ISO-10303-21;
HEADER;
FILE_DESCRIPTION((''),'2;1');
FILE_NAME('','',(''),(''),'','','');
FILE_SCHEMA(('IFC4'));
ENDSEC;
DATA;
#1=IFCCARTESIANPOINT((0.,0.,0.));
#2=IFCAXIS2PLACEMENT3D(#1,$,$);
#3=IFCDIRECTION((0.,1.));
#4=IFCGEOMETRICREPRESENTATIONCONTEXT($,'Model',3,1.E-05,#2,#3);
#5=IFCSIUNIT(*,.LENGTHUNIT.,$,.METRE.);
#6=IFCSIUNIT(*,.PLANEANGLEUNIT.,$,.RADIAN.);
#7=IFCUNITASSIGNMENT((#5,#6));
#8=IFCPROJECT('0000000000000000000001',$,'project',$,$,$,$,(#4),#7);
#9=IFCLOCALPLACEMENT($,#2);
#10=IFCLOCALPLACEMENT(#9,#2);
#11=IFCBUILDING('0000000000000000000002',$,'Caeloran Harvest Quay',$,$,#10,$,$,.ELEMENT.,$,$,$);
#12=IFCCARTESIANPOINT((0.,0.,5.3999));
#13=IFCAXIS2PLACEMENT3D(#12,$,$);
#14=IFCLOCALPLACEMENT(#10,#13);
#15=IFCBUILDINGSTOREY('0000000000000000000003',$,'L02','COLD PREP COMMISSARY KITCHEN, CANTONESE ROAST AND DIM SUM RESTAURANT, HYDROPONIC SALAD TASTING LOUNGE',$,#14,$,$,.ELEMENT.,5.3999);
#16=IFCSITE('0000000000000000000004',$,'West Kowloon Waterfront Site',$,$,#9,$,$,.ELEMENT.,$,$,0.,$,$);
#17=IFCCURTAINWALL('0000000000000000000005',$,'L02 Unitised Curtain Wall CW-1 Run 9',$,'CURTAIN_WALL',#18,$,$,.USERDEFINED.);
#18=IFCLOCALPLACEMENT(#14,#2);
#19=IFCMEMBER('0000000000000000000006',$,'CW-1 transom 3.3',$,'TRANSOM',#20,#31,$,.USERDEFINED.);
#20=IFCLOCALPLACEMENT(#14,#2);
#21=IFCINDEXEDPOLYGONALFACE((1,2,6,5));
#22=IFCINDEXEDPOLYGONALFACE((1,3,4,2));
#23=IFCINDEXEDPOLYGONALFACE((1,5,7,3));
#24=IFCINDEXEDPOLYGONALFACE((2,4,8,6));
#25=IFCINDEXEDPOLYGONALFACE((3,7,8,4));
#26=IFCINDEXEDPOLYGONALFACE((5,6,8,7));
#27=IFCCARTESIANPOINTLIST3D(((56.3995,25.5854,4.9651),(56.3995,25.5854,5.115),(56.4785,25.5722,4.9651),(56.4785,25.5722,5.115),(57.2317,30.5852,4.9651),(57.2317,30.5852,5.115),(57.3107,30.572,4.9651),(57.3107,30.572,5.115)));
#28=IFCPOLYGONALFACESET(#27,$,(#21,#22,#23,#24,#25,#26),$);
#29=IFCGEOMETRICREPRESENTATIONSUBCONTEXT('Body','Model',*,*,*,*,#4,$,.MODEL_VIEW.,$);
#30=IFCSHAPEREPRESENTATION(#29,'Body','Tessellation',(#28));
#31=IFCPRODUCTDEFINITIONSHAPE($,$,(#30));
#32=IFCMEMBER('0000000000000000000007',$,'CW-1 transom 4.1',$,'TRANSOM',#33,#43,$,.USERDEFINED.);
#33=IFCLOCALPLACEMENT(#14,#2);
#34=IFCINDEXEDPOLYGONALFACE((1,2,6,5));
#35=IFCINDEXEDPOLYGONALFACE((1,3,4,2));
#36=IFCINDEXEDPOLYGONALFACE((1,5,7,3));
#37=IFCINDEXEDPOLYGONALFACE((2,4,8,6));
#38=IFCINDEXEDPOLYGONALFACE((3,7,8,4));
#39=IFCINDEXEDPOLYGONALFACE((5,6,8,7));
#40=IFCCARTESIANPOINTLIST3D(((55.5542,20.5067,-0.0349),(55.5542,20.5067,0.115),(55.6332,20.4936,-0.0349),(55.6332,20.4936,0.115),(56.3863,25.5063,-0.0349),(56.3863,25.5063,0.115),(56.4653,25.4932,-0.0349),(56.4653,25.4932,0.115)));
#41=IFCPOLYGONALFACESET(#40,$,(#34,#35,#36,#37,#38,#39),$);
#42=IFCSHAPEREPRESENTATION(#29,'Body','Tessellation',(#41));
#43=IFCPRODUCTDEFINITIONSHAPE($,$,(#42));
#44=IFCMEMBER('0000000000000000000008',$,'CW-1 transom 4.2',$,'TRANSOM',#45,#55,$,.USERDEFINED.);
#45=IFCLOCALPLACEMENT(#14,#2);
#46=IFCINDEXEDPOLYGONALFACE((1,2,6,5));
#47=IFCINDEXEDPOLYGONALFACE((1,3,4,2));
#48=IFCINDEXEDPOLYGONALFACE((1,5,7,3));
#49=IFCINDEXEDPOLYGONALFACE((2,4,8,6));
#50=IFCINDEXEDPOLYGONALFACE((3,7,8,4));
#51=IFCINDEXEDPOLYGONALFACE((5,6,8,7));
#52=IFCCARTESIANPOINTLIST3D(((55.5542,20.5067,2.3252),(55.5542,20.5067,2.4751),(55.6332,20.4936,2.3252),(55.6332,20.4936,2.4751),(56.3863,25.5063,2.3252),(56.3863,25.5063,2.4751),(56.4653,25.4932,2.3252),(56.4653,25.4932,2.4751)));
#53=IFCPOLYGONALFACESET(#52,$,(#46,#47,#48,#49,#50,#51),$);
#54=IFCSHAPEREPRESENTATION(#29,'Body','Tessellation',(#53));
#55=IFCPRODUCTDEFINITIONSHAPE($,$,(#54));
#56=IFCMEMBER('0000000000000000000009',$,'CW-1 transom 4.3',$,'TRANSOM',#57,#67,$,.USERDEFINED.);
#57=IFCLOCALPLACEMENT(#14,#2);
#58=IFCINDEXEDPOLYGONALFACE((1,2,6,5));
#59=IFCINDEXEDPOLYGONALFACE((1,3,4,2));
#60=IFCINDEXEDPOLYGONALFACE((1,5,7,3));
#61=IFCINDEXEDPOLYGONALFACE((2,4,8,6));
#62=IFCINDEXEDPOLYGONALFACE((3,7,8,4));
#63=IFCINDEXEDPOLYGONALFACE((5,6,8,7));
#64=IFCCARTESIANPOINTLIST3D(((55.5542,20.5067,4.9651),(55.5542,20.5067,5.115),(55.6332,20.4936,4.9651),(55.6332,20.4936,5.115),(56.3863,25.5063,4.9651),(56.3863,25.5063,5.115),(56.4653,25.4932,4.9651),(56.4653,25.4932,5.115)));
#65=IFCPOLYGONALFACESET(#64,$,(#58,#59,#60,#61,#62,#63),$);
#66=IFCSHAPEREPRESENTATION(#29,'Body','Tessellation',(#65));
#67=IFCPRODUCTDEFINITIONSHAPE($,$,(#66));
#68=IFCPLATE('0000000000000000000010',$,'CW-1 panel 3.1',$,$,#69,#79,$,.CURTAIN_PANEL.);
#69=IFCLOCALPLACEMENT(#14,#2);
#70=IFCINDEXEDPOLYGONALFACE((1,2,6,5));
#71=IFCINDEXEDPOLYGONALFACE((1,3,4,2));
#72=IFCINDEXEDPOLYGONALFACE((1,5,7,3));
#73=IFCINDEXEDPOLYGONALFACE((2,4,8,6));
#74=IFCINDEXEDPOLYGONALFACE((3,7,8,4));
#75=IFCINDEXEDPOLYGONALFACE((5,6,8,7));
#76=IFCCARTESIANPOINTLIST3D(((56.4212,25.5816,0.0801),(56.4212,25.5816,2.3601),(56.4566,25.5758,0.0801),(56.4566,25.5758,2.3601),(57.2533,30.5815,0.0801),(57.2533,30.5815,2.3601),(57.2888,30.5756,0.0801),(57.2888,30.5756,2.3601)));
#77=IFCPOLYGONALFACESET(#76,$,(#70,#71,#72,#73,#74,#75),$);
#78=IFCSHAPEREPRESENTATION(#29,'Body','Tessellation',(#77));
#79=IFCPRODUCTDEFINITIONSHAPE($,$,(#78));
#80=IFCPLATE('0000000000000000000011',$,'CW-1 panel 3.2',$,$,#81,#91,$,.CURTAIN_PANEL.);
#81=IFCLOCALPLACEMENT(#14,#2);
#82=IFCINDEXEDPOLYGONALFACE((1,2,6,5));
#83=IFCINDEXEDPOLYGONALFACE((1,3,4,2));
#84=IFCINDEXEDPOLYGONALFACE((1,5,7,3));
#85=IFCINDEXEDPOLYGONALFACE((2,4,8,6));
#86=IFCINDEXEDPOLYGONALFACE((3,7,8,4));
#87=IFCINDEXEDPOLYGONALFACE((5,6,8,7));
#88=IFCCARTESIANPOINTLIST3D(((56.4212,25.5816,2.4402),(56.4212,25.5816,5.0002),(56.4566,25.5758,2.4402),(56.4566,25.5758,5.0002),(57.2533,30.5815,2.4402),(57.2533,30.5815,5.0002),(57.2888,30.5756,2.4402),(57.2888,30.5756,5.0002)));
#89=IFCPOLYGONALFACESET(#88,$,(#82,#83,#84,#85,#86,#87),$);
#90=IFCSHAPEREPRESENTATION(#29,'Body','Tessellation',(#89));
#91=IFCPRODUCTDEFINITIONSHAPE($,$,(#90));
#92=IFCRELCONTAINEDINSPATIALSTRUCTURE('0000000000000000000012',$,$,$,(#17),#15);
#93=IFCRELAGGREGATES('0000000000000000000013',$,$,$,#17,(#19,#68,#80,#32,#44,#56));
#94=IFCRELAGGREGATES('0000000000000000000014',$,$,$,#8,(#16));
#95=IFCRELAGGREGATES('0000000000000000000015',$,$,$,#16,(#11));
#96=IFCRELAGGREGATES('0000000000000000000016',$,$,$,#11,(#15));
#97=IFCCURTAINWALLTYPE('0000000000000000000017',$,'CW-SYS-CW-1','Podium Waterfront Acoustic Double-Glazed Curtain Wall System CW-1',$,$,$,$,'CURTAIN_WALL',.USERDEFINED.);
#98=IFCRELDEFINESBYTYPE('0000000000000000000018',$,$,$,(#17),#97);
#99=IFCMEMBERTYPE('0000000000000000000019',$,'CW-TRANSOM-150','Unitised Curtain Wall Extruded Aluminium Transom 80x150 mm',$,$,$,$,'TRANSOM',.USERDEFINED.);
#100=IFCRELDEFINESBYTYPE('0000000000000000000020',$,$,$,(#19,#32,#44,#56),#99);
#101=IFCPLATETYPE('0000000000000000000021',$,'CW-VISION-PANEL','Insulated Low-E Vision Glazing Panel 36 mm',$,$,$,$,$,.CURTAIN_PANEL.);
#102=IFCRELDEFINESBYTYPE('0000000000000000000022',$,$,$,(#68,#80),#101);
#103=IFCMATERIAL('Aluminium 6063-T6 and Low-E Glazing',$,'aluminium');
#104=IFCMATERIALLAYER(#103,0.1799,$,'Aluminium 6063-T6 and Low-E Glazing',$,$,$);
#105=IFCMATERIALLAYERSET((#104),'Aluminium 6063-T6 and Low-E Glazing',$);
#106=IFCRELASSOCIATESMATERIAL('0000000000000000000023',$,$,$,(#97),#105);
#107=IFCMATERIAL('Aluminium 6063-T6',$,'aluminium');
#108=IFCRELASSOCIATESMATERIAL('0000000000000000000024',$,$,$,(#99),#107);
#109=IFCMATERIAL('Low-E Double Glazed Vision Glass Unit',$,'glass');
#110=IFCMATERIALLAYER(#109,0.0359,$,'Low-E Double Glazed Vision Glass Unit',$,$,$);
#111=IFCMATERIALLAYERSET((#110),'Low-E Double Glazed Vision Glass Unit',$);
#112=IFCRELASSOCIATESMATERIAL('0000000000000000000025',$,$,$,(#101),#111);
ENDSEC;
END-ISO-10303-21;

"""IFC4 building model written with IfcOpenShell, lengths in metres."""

from ifc_helpers import new_model, si_unit, direction, frame, origin, origin_2d, place, context, subcontext, project, spatial, rectangle, extrude, material, layer, layer_set, material_profile, profile_set, type_object, element, aggregate, save


model = new_model("IFC4")

# Units and contexts
model_context = context("Model", 3, precision=1e-05, world=origin(), true_north=direction((0.0, 1.0)))
body_context = subcontext(model_context, "Body", "Model", "MODEL_VIEW")
ifc_project = project(units=[si_unit("LENGTHUNIT", "METRE"), si_unit("PLANEANGLEUNIT", "RADIAN")], contexts=[model_context])

# Site, building, storey
site_placement = place(None, origin())
site = spatial("IfcSite", under=ifc_project, at=site_placement, Name="West Kowloon Waterfront Site", CompositionType="ELEMENT", RefElevation=0.0)
building_placement = place(site_placement, origin())
building = spatial("IfcBuilding", under=site, at=building_placement, Name="Caeloran Harvest Quay", CompositionType="ELEMENT")
storey_placement = place(building_placement, frame((0.0, 0.0, 5.3999)))
storey = spatial("IfcBuildingStorey", under=building, at=storey_placement, Name="L02", Description="COLD PREP COMMISSARY KITCHEN, CANTONESE ROAST AND DIM SUM RESTAURANT, HYDROPONIC SALAD TASTING LOUNGE", CompositionType="ELEMENT", Elevation=5.3999)

# Curtain wall, members, plates
ifc_material_1 = material(Name="Aluminium 6063-T6 and Low-E Glazing", Category="aluminium")
ifc_layer_1 = layer(ifc_material_1, 0.1799, Name="Aluminium 6063-T6 and Low-E Glazing")
ifc_layer_set_1 = layer_set([ifc_layer_1], Name="Aluminium 6063-T6 and Low-E Glazing")
curtain_wall_type = type_object("IfcCurtainWallType", Name="CW-SYS-CW-1", Description="Podium Waterfront Acoustic Double-Glazed Curtain Wall System CW-1", ElementType="CURTAIN_WALL", PredefinedType="USERDEFINED", material=ifc_layer_set_1)
curtain_wall_placement = place(storey_placement, origin())
curtain_wall = element("IfcCurtainWall", 1, at=curtain_wall_placement, inside=storey, type_object=curtain_wall_type, Name="L02 Unitised Curtain Wall CW-1 Run 9", ObjectType="CURTAIN_WALL", PredefinedType="USERDEFINED")
ifc_material_2 = material(Name="Aluminium 6063-T6", Category="aluminium")
ifc_material_profile_1 = material_profile(ifc_material_2, rectangle(XDim=0.0801, YDim=0.1499, at=origin_2d()), Name="CW-TRANSOM-150")
ifc_profile_set_1 = profile_set([ifc_material_profile_1], Name="Aluminium 6063-T6")
member_type_1 = type_object("IfcMemberType", Name="CW-TRANSOM-150", Description="Unitised Curtain Wall Extruded Aluminium Transom 80x150 mm", ElementType="TRANSOM", PredefinedType="USERDEFINED", material=ifc_profile_set_1)
member_1_placement = place(storey_placement, frame((57.2712, 30.5786, 5.04), z_axis=(-0.164204, -0.986426, 0.0), x_axis=(0.986426, -0.164204, 0.0)))
member_1 = element("IfcMember", 2, at=member_1_placement, type_object=member_type_1, Name="CW-1 transom 3.3", ObjectType="TRANSOM", PredefinedType="USERDEFINED", context=body_context, shape_type="SweptSolid", body=[
    extrude(rectangle(XDim=0.0801, YDim=0.1499, at=origin_2d()), origin(), (0.0, 0.0, 1.0), 5.0686),
])
member_2_placement = place(storey_placement, frame((56.4258, 25.4998, 0.04), z_axis=(-0.164165, -0.986433, 0.0), x_axis=(0.986433, -0.164165, 0.0)))
member_2 = element("IfcMember", 3, at=member_2_placement, type_object=member_type_1, Name="CW-1 transom 4.1", ObjectType="TRANSOM", PredefinedType="USERDEFINED", context=body_context, shape_type="SweptSolid", body=[
    extrude(rectangle(XDim=0.0801, YDim=0.1499, at=origin_2d()), origin(), (0.0, 0.0, 1.0), 5.0684),
])
member_3_placement = place(storey_placement, frame((56.4258, 25.4998, 2.4001), z_axis=(-0.164165, -0.986433, 0.0), x_axis=(0.986433, -0.164165, 0.0)))
member_3 = element("IfcMember", 4, at=member_3_placement, type_object=member_type_1, Name="CW-1 transom 4.2", ObjectType="TRANSOM", PredefinedType="USERDEFINED", context=body_context, shape_type="SweptSolid", body=[
    extrude(rectangle(XDim=0.0801, YDim=0.1499, at=origin_2d()), origin(), (0.0, 0.0, 1.0), 5.0684),
])
member_4_placement = place(storey_placement, frame((56.4258, 25.4998, 5.04), z_axis=(-0.164165, -0.986433, 0.0), x_axis=(0.986433, -0.164165, 0.0)))
member_4 = element("IfcMember", 5, at=member_4_placement, type_object=member_type_1, Name="CW-1 transom 4.3", ObjectType="TRANSOM", PredefinedType="USERDEFINED", context=body_context, shape_type="SweptSolid", body=[
    extrude(rectangle(XDim=0.0801, YDim=0.1499, at=origin_2d()), origin(), (0.0, 0.0, 1.0), 5.0684),
])
ifc_material_3 = material(Name="Low-E Double Glazed Vision Glass Unit", Category="glass")
ifc_layer_2 = layer(ifc_material_3, 0.0359, Name="Low-E Double Glazed Vision Glass Unit")
ifc_layer_set_2 = layer_set([ifc_layer_2], Name="Low-E Double Glazed Vision Glass Unit")
plate_type = type_object("IfcPlateType", Name="CW-VISION-PANEL", Description="Insulated Low-E Vision Glazing Panel 36 mm", PredefinedType="CURTAIN_PANEL", material=ifc_layer_set_2)
plate_1_placement = place(storey_placement, frame((56.855, 28.0786, 0.0801), z_axis=(0.0, 0.0, 1.0), x_axis=(-0.164175, -0.986431, 0.0)))
plate_1 = element("IfcPlate", 6, at=plate_1_placement, type_object=plate_type, Name="CW-1 panel 3.1", PredefinedType="CURTAIN_PANEL", context=body_context, shape_type="SweptSolid", body=[
    extrude(rectangle(XDim=5.0686, YDim=0.0359, at=origin_2d()), origin(), (0.0, 0.0, 1.0), 2.28),
])
plate_2_placement = place(storey_placement, frame((56.855, 28.0786, 2.4402), z_axis=(0.0, 0.0, 1.0), x_axis=(-0.164175, -0.986431, 0.0)))
plate_2 = element("IfcPlate", 7, at=plate_2_placement, type_object=plate_type, Name="CW-1 panel 3.2", PredefinedType="CURTAIN_PANEL", context=body_context, shape_type="SweptSolid", body=[
    extrude(rectangle(XDim=5.0686, YDim=0.0359, at=origin_2d()), origin(), (0.0, 0.0, 1.0), 2.5601),
])
aggregate(curtain_wall, [member_1, plate_1, plate_2, member_2, member_3, member_4])

save(model, "model.ifc")
